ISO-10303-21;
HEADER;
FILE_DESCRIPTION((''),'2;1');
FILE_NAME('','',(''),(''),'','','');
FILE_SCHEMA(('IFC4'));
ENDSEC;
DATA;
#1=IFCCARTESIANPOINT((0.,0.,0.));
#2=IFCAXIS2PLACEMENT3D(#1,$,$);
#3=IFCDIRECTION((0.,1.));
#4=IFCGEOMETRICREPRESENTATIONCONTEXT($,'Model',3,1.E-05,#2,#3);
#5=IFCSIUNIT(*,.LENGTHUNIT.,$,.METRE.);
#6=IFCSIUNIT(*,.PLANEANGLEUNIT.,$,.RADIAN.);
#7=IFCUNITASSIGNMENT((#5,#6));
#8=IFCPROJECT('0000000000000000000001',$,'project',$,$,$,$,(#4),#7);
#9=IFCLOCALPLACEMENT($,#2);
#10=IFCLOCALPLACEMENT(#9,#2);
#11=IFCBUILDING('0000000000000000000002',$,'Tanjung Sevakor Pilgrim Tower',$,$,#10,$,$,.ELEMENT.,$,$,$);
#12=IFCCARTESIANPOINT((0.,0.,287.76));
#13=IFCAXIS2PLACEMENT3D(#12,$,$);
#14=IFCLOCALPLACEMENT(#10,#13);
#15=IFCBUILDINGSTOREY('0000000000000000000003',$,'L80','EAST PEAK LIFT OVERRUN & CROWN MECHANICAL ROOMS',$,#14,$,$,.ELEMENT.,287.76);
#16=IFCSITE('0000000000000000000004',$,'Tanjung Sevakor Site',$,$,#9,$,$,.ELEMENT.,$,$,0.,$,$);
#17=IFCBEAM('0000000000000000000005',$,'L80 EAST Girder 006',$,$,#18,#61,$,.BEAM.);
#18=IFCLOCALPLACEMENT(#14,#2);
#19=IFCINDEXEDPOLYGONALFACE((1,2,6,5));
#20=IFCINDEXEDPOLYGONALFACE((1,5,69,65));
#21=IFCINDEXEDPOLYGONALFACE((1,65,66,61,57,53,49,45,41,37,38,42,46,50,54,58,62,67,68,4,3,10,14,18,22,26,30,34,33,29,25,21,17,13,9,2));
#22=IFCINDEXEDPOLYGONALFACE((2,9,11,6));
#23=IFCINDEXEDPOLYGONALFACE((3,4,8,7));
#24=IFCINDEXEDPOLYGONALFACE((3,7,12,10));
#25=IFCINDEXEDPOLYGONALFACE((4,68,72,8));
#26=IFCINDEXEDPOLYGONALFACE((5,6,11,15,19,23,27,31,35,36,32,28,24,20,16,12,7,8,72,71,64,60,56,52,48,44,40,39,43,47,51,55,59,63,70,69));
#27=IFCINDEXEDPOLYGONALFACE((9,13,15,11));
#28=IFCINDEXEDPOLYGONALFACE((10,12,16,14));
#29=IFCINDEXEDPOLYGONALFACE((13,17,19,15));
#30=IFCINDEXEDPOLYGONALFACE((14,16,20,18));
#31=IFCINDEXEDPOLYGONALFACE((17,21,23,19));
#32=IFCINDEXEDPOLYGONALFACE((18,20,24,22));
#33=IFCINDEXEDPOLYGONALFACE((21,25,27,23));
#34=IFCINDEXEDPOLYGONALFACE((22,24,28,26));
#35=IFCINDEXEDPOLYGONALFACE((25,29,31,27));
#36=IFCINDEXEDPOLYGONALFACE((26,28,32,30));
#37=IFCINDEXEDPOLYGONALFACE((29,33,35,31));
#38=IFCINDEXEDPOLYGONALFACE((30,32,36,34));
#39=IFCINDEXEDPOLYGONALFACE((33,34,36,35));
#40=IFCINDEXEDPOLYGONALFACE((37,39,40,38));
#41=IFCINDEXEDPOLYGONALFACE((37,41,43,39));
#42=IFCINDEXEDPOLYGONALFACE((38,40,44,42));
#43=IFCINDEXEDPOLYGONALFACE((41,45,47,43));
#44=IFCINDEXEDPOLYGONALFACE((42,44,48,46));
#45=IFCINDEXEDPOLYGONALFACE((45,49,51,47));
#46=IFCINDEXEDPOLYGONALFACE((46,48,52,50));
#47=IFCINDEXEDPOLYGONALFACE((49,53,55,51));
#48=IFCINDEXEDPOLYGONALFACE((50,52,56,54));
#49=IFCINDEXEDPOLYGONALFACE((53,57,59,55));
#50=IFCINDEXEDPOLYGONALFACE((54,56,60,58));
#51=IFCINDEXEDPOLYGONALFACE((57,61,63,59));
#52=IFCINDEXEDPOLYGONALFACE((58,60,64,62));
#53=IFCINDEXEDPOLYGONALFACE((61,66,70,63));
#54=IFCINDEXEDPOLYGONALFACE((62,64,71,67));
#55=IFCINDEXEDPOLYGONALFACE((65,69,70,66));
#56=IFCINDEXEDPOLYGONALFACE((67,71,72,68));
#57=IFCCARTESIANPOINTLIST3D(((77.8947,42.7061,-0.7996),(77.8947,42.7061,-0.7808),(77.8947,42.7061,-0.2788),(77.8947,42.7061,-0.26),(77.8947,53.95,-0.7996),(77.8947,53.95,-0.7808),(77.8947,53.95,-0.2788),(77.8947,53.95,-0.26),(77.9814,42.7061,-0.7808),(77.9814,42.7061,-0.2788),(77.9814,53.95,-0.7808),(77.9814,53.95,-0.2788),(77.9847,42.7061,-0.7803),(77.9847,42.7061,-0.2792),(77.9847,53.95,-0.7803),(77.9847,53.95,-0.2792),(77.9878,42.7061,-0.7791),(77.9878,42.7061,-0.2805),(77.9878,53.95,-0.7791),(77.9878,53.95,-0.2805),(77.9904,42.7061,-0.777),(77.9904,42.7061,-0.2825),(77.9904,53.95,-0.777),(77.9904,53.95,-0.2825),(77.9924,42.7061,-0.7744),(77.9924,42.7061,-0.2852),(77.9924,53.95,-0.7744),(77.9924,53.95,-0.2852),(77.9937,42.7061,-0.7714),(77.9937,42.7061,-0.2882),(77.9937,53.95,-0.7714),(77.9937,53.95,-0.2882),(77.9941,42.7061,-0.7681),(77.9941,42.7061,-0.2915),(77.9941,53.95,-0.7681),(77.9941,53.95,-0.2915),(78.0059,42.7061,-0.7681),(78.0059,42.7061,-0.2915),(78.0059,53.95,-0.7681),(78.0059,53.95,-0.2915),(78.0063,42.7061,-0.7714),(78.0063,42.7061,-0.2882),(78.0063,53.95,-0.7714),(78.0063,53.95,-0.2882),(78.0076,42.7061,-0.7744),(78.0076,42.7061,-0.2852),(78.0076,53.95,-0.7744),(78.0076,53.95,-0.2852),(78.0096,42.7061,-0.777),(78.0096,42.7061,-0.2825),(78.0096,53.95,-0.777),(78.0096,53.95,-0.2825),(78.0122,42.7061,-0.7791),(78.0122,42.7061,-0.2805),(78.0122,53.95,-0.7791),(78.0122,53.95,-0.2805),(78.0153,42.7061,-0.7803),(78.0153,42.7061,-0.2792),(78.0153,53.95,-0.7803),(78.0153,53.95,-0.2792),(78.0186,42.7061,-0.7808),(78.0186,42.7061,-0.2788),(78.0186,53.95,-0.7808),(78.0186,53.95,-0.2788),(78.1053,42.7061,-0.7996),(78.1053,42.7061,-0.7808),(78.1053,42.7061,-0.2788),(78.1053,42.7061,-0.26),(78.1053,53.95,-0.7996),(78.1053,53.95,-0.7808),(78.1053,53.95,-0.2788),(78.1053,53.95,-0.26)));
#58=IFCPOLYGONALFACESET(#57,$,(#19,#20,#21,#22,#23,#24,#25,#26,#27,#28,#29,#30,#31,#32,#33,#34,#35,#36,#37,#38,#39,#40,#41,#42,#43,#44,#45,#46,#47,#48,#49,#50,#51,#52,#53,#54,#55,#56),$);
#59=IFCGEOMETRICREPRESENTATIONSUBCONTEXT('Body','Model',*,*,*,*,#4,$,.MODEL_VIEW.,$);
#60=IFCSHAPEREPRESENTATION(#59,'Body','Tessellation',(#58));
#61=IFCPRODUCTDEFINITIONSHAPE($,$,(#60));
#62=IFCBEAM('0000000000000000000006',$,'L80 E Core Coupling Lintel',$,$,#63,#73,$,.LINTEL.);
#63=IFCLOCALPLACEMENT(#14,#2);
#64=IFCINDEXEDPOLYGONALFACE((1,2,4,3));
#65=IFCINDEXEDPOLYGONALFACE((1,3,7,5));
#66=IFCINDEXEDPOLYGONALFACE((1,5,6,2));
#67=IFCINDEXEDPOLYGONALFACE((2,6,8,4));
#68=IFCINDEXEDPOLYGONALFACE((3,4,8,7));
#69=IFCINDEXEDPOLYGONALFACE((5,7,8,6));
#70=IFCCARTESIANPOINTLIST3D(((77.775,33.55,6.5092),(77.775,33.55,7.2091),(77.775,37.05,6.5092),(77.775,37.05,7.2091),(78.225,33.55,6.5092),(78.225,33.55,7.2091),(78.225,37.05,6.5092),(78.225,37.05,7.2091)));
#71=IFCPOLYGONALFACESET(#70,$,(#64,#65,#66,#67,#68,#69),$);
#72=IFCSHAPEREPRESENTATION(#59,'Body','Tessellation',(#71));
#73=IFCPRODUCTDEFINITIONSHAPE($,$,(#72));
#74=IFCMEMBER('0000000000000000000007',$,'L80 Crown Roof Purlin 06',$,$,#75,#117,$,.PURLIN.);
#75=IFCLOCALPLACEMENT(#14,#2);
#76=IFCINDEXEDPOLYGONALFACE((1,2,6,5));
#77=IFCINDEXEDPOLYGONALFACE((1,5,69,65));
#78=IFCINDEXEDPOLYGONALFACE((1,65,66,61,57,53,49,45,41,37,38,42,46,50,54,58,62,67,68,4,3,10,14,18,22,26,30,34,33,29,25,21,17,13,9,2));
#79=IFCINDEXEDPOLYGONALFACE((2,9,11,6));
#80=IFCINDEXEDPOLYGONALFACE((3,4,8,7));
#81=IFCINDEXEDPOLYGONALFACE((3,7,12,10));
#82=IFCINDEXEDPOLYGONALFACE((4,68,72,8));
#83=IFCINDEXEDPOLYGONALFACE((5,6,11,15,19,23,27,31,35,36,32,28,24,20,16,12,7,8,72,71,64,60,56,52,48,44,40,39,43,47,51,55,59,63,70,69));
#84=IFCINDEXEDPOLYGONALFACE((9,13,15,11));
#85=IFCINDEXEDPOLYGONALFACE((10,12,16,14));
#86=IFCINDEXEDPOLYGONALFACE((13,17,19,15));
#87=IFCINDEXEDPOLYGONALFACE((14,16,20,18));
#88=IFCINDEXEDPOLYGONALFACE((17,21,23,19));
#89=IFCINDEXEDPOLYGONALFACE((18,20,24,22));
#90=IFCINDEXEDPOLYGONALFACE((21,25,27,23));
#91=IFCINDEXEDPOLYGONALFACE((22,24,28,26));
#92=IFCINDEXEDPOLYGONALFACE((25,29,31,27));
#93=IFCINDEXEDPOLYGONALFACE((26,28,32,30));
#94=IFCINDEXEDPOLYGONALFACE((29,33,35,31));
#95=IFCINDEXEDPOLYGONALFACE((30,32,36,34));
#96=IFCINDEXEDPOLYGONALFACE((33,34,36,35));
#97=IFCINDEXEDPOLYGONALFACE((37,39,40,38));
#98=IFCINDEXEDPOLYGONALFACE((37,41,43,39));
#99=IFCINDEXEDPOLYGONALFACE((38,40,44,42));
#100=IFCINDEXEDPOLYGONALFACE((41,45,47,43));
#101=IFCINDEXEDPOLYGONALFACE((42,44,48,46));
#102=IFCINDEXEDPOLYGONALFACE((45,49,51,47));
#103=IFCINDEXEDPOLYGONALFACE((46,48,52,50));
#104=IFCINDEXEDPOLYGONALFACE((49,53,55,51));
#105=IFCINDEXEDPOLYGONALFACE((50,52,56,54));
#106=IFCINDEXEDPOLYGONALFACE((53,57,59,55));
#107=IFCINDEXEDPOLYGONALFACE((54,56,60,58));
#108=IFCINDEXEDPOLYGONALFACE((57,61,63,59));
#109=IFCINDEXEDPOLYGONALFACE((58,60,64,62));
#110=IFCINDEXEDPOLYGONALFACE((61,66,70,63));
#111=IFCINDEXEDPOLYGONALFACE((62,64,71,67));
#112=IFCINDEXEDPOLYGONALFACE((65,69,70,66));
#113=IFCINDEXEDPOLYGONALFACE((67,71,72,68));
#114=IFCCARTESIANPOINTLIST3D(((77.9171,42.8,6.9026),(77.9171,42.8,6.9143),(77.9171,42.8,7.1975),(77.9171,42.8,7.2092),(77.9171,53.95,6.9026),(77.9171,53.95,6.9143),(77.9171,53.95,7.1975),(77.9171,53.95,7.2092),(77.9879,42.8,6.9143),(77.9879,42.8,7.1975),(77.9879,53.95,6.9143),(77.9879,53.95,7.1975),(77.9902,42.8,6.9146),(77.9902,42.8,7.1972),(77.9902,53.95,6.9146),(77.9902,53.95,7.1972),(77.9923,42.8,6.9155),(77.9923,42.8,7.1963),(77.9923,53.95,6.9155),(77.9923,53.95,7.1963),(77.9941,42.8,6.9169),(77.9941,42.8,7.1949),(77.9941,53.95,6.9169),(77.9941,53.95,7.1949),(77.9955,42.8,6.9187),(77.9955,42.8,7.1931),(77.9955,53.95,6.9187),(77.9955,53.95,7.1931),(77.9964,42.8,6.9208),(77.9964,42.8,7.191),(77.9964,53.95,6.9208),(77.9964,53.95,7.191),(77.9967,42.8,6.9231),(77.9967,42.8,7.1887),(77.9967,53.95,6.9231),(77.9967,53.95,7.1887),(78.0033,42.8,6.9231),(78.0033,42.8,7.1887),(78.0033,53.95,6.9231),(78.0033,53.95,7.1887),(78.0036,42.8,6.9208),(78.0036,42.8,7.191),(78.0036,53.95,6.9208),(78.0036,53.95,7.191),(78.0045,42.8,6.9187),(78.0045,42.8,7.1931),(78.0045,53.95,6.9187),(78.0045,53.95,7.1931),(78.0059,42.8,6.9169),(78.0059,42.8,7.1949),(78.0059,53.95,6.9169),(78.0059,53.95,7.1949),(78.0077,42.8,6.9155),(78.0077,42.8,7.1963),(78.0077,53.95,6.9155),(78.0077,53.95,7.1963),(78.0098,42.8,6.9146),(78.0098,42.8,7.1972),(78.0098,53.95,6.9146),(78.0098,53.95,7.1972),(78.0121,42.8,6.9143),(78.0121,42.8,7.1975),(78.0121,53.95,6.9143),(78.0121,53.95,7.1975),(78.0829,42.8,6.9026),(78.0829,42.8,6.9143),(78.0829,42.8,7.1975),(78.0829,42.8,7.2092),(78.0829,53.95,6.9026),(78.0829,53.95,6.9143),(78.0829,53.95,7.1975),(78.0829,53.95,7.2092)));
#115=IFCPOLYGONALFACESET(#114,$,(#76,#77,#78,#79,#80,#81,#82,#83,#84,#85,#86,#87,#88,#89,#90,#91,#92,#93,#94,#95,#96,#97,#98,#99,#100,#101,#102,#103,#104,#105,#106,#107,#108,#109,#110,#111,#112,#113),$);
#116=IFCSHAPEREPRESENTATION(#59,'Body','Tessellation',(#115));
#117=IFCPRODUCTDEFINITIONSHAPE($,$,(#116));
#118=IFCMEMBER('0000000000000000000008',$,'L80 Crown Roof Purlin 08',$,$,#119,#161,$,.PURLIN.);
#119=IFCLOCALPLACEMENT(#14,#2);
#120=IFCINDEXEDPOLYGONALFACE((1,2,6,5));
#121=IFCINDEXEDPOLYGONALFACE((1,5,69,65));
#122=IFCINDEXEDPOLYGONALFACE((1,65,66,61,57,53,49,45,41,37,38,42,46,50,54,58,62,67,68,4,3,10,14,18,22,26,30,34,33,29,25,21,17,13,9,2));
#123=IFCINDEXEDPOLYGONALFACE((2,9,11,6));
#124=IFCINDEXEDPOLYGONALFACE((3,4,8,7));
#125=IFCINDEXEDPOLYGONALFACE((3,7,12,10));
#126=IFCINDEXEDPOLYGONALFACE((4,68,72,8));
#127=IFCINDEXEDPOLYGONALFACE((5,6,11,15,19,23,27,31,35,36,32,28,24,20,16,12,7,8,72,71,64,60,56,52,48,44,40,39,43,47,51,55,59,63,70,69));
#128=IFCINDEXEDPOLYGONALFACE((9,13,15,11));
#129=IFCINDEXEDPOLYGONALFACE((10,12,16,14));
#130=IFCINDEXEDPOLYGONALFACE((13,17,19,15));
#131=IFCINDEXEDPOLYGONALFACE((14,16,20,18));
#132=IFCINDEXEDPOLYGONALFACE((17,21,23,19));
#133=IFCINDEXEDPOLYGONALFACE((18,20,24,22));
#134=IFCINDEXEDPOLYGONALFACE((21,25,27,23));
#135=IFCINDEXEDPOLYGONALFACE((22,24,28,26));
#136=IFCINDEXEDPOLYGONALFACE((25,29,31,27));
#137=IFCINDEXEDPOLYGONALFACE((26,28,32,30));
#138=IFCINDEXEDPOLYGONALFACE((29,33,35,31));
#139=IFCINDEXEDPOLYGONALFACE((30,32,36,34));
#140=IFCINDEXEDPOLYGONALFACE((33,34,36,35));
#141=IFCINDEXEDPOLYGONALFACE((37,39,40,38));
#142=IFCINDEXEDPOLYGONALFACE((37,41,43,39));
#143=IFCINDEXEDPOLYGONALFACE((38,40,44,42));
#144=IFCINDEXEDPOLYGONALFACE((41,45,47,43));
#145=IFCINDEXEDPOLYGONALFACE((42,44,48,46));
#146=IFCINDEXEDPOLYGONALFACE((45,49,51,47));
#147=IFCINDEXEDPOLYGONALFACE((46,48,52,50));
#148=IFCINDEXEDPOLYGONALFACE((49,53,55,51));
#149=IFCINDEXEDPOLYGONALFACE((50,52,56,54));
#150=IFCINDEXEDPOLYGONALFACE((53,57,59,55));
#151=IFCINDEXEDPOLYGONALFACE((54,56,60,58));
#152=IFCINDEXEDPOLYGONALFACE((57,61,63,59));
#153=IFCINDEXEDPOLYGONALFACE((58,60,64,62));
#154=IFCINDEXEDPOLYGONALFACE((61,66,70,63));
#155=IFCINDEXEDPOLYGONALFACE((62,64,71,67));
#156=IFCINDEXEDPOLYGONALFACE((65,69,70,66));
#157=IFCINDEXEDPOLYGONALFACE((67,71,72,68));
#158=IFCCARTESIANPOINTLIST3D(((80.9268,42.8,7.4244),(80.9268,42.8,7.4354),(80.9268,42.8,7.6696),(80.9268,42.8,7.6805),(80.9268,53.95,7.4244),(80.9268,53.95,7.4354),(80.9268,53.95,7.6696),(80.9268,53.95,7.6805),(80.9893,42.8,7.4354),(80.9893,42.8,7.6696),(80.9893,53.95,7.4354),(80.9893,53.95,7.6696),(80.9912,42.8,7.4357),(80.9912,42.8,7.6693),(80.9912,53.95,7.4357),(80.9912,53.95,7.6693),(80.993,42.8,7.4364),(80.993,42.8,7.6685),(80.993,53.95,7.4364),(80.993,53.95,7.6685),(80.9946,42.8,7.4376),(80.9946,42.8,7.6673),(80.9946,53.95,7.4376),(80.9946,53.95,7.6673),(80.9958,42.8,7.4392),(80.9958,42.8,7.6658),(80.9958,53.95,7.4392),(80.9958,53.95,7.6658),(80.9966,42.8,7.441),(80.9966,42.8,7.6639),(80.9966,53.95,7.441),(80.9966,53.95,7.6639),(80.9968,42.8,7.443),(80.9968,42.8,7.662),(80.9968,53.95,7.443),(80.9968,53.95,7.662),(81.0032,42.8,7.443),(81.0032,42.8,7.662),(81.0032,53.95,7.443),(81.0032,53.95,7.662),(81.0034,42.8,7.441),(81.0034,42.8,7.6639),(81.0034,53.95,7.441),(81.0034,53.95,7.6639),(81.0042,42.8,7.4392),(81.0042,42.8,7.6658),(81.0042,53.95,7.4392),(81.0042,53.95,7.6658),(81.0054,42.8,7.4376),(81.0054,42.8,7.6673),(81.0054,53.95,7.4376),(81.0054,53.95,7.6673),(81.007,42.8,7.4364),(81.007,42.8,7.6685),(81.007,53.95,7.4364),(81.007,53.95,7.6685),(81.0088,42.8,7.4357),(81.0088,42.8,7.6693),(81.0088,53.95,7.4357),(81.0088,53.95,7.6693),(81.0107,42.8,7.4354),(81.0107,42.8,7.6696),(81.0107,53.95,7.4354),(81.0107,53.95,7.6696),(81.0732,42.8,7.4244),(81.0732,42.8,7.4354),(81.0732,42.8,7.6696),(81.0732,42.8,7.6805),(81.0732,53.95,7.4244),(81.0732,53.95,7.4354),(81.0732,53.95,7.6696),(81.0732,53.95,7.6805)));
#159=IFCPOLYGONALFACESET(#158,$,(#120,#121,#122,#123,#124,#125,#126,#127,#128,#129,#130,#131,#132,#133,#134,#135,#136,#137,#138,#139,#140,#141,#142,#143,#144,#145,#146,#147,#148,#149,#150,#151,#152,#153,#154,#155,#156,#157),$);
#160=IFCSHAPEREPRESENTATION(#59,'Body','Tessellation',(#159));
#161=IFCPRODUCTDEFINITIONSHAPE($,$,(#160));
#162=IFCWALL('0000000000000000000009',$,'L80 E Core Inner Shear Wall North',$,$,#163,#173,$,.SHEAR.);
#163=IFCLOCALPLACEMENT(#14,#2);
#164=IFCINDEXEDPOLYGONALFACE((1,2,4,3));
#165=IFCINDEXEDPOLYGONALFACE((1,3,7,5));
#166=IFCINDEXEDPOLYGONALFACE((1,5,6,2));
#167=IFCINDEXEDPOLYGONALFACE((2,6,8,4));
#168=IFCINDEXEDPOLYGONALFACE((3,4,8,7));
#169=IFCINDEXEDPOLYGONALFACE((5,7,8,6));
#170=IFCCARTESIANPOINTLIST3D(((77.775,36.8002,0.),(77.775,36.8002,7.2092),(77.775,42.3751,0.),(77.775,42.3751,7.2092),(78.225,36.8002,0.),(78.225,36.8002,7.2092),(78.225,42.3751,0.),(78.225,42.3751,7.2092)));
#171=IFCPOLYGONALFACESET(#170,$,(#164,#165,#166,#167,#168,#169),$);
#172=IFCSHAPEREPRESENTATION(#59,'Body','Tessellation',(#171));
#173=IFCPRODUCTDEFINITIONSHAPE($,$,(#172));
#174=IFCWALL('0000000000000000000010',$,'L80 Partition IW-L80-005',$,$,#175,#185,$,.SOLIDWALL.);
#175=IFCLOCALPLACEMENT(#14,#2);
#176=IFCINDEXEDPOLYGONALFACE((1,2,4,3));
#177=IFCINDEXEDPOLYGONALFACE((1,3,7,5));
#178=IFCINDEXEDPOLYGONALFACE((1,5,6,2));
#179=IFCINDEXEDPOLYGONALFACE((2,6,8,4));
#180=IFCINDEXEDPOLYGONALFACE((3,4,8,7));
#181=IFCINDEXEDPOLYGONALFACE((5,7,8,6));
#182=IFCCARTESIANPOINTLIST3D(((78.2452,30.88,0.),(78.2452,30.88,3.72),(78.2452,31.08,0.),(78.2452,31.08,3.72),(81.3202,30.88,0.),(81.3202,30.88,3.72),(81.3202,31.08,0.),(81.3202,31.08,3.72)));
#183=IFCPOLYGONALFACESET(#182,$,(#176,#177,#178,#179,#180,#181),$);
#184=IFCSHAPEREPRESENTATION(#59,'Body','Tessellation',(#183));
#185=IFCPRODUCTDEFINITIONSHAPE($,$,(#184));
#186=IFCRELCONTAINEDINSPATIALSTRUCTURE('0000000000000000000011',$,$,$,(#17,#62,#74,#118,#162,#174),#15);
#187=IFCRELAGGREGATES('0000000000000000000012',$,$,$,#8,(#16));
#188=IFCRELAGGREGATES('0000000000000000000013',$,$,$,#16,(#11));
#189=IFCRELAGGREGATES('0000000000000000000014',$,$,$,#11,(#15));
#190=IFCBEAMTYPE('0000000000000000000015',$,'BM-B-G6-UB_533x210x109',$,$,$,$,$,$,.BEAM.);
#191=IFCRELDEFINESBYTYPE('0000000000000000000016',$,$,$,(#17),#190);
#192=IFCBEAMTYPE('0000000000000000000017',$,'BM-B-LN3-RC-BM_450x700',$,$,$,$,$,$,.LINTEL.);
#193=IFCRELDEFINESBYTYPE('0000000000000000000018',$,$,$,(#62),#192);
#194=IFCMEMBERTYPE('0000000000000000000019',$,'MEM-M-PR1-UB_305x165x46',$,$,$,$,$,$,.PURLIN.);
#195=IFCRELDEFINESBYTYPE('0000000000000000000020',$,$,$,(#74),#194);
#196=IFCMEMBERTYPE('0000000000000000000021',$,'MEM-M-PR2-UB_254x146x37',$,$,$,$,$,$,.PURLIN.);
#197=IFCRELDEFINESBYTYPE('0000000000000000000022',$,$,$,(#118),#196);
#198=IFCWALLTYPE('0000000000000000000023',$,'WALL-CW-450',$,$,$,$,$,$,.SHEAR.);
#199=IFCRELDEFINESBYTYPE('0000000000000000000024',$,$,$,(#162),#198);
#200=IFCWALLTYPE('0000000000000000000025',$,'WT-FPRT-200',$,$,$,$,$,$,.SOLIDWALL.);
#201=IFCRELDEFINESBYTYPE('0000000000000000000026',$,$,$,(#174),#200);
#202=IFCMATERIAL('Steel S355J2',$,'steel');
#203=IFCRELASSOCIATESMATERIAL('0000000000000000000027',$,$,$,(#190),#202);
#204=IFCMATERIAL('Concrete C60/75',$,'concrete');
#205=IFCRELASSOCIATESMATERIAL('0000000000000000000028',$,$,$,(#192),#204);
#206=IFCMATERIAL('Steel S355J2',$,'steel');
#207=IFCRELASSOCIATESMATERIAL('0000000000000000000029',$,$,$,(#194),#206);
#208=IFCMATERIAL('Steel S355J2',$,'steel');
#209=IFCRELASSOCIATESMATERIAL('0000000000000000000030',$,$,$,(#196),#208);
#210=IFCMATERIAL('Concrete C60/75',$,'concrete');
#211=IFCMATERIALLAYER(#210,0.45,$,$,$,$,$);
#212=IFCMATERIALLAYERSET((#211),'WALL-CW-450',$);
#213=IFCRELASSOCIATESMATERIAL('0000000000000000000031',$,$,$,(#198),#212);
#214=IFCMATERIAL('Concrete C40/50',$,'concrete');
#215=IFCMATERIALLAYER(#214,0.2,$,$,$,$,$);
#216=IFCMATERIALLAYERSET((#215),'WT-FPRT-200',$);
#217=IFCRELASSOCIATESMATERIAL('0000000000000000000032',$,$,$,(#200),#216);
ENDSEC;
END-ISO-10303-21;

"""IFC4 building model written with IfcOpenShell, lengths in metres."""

from ifc_helpers import new_model, si_unit, direction, frame, frame_2d, origin, origin_2d, place, context, subcontext, project, spatial, rectangle, i_section, extrude, material, layer, layer_set, material_profile, profile_set, type_object, element, save


model = new_model("IFC4")

# Units and contexts
model_context = context("Model", 3, precision=1e-05, world=origin(), true_north=direction((0.0, 1.0)))
body_context = subcontext(model_context, "Body", "Model", "MODEL_VIEW")
ifc_project = project(units=[si_unit("LENGTHUNIT", "METRE"), si_unit("PLANEANGLEUNIT", "RADIAN")], contexts=[model_context])

# Site, building, storey
site_placement = place(None, origin())
site = spatial("IfcSite", under=ifc_project, at=site_placement, Name="Tanjung Sevakor Site", CompositionType="ELEMENT", RefElevation=0.0)
building_placement = place(site_placement, origin())
building = spatial("IfcBuilding", under=site, at=building_placement, Name="Tanjung Sevakor Pilgrim Tower", CompositionType="ELEMENT")
storey_placement = place(building_placement, frame((0.0, 0.0, 287.76)))
storey = spatial("IfcBuildingStorey", under=building, at=storey_placement, Name="L80", Description="EAST PEAK LIFT OVERRUN & CROWN MECHANICAL ROOMS", CompositionType="ELEMENT", Elevation=287.76)

# Beams
ifc_material_1 = material(Name="Steel S355J2", Category="steel")
ifc_material_profile_1 = material_profile(ifc_material_1, i_section(OverallWidth=0.2107, OverallDepth=0.5396, WebThickness=0.0117, FlangeThickness=0.0188, FilletRadius=0.0127, at=origin_2d()))
ifc_profile_set_1 = profile_set([ifc_material_profile_1], Name="Steel S355J2")
beam_type_1 = type_object("IfcBeamType", Name="BM-B-G6-UB_533x210x109", PredefinedType="BEAM", material=ifc_profile_set_1)
beam_1_placement = place(storey_placement, frame((78.0, 42.7061, -0.5298), z_axis=(0.0, 1.0, 0.0), x_axis=(-1.0, 0.0, 0.0)))
element("IfcBeam", 1, at=beam_1_placement, inside=storey, type_object=beam_type_1, Name="L80 EAST Girder 006", PredefinedType="BEAM", context=body_context, shape_type="SweptSolid", body=[
    extrude(i_section(OverallWidth=0.2107, OverallDepth=0.5396, WebThickness=0.0117, FlangeThickness=0.0188, FilletRadius=0.0127, at=origin_2d()), origin(), (0.0, 0.0, 1.0), 11.2439),
])
ifc_material_2 = material(Name="Concrete C60/75", Category="concrete")
ifc_material_profile_2 = material_profile(ifc_material_2, rectangle(XDim=0.45, YDim=0.7, at=origin_2d()))
ifc_profile_set_2 = profile_set([ifc_material_profile_2], Name="Concrete C60/75")
beam_type_2 = type_object("IfcBeamType", Name="BM-B-LN3-RC-BM_450x700", PredefinedType="LINTEL", material=ifc_profile_set_2)
beam_2_placement = place(storey_placement, frame((78.0, 33.55, 6.8591), z_axis=(0.0, 1.0, 0.0), x_axis=(-1.0, 0.0, 0.0)))
element("IfcBeam", 2, at=beam_2_placement, inside=storey, type_object=beam_type_2, Name="L80 E Core Coupling Lintel", PredefinedType="LINTEL", context=body_context, shape_type="SweptSolid", body=[
    extrude(rectangle(XDim=0.45, YDim=0.7, at=origin_2d()), origin(), (0.0, 0.0, 1.0), 3.5),
])

# Members
ifc_material_3 = material(Name="Steel S355J2", Category="steel")
ifc_material_profile_3 = material_profile(ifc_material_3, i_section(OverallWidth=0.1658, OverallDepth=0.3066, WebThickness=0.0066, FlangeThickness=0.0117, FilletRadius=0.0088, at=origin_2d()))
ifc_profile_set_3 = profile_set([ifc_material_profile_3], Name="Steel S355J2")
member_type_1 = type_object("IfcMemberType", Name="MEM-M-PR1-UB_305x165x46", PredefinedType="PURLIN", material=ifc_profile_set_3)
member_1_placement = place(storey_placement, frame((78.0, 42.8, 7.0559), z_axis=(0.0, 1.0, 0.0), x_axis=(-1.0, 0.0, 0.0)))
element("IfcMember", 3, at=member_1_placement, inside=storey, type_object=member_type_1, Name="L80 Crown Roof Purlin 06", PredefinedType="PURLIN", context=body_context, shape_type="SweptSolid", body=[
    extrude(i_section(OverallWidth=0.1658, OverallDepth=0.3066, WebThickness=0.0066, FlangeThickness=0.0117, FilletRadius=0.0088, at=origin_2d()), origin(), (0.0, 0.0, 1.0), 11.1499),
])
ifc_material_4 = material(Name="Steel S355J2", Category="steel")
ifc_material_profile_4 = material_profile(ifc_material_4, i_section(OverallWidth=0.1465, OverallDepth=0.2561, WebThickness=0.0063, FlangeThickness=0.011, FilletRadius=0.0076, at=origin_2d()))
ifc_profile_set_4 = profile_set([ifc_material_profile_4], Name="Steel S355J2")
member_type_2 = type_object("IfcMemberType", Name="MEM-M-PR2-UB_254x146x37", PredefinedType="PURLIN", material=ifc_profile_set_4)
member_2_placement = place(storey_placement, frame((81.0, 42.8, 7.5525), z_axis=(0.0, 1.0, 0.0), x_axis=(-1.0, 0.0, 0.0)))
element("IfcMember", 4, at=member_2_placement, inside=storey, type_object=member_type_2, Name="L80 Crown Roof Purlin 08", PredefinedType="PURLIN", context=body_context, shape_type="SweptSolid", body=[
    extrude(i_section(OverallWidth=0.1465, OverallDepth=0.2561, WebThickness=0.0063, FlangeThickness=0.011, FilletRadius=0.0076, at=origin_2d()), origin(), (0.0, 0.0, 1.0), 11.1499),
])

# Wall
ifc_material_5 = material(Name="Concrete C60/75", Category="concrete")
ifc_layer_1 = layer(ifc_material_5, 0.45)
ifc_layer_set_1 = layer_set([ifc_layer_1], Name="WALL-CW-450")
wall_type_1 = type_object("IfcWallType", Name="WALL-CW-450", PredefinedType="SHEAR", material=ifc_layer_set_1)
wall_1_placement = place(storey_placement, frame((78.0, 36.8, 0.0), z_axis=(0.0, 0.0, 1.0), x_axis=(0.0, 1.0, 0.0)))
element("IfcWall", 5, at=wall_1_placement, inside=storey, type_object=wall_type_1, Name="L80 E Core Inner Shear Wall North", PredefinedType="SHEAR", context=body_context, shape_type="SweptSolid", body=[
    extrude(rectangle(XDim=5.575, YDim=0.45, at=frame_2d((2.7876, 0.0))), origin(), (0.0, 0.0, 1.0), 7.2092),
])
ifc_material_6 = material(Name="Concrete C40/50", Category="concrete")
ifc_layer_2 = layer(ifc_material_6, 0.2)
ifc_layer_set_2 = layer_set([ifc_layer_2], Name="WT-FPRT-200")
wall_type_2 = type_object("IfcWallType", Name="WT-FPRT-200", PredefinedType="SOLIDWALL", material=ifc_layer_set_2)

# Wall
for number, where, z_axis, x_axis, name in (
    (6, (78.2451, 30.98, 0.0), (0.0, 0.0, 1.0), (1.0, 0.0, 0.0), "L80 Partition IW-L80-005"),
):
    element("IfcWall", number, at=place(storey_placement, frame(where, z_axis=z_axis, x_axis=x_axis)), inside=storey, type_object=wall_type_2, Name=name, PredefinedType="SOLIDWALL", context=body_context, shape_type="SweptSolid", body=[
        extrude(rectangle(XDim=3.075, YDim=0.2, at=frame_2d((1.5376, 0.0))), origin(), (0.0, 0.0, 1.0), 3.72),
    ])

save(model, "model.ifc")
